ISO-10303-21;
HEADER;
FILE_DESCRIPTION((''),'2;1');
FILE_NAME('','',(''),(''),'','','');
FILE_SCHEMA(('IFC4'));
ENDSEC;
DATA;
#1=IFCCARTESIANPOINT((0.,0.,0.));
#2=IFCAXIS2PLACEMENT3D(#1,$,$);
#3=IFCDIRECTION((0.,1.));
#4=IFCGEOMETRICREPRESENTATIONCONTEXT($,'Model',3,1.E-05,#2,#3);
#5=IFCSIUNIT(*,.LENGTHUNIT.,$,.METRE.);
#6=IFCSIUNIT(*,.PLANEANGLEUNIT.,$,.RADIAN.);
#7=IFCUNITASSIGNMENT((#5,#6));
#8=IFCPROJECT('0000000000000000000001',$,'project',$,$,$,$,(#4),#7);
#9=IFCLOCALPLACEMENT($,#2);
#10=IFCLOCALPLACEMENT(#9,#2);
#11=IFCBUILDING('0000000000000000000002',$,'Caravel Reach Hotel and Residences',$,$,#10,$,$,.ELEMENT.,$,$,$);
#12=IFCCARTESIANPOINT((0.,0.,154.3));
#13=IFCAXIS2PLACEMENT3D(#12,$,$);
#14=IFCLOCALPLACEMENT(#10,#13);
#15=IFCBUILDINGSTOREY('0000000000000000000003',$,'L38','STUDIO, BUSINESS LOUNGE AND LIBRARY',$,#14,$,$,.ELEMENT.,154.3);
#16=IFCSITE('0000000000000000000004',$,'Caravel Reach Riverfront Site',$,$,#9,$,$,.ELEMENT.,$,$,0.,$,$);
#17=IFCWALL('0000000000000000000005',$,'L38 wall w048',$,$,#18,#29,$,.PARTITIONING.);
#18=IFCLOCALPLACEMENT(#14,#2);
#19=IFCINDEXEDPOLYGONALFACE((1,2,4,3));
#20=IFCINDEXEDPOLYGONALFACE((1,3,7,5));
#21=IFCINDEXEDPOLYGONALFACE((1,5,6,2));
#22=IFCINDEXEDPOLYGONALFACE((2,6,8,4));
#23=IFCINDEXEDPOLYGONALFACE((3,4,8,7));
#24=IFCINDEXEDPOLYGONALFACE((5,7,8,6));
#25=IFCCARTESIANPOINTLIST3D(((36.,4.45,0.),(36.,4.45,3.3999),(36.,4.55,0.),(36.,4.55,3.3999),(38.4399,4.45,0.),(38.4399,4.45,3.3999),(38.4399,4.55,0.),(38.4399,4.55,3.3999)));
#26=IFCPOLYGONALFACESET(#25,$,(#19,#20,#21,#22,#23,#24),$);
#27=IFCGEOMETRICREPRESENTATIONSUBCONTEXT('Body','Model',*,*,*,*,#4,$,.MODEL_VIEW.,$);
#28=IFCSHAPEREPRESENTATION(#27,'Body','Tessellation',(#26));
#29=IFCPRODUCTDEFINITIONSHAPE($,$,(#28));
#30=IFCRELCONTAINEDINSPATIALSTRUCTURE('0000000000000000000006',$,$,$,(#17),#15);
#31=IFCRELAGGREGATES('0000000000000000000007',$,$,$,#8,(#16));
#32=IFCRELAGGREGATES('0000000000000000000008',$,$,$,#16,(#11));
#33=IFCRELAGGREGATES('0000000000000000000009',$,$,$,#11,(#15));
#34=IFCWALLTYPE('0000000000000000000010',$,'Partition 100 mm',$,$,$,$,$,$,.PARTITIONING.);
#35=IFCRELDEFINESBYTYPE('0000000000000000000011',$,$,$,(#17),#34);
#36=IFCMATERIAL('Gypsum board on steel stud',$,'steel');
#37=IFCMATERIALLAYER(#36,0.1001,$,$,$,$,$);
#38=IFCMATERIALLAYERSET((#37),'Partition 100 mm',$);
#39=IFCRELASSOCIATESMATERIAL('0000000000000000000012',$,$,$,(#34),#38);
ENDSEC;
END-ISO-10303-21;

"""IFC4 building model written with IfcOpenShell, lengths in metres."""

from ifc_helpers import new_model, si_unit, direction, frame, frame_2d, origin, place, context, subcontext, project, spatial, rectangle, extrude, material, layer, layer_set, type_object, element, save


model = new_model("IFC4")

# Units and contexts
model_context = context("Model", 3, precision=1e-05, world=origin(), true_north=direction((0.0, 1.0)))
body_context = subcontext(model_context, "Body", "Model", "MODEL_VIEW")
ifc_project = project(units=[si_unit("LENGTHUNIT", "METRE"), si_unit("PLANEANGLEUNIT", "RADIAN")], contexts=[model_context])

# Site, building, storey
site_placement = place(None, origin())
site = spatial("IfcSite", under=ifc_project, at=site_placement, Name="Caravel Reach Riverfront Site", CompositionType="ELEMENT", RefElevation=0.0)
building_placement = place(site_placement, origin())
building = spatial("IfcBuilding", under=site, at=building_placement, Name="Caravel Reach Hotel and Residences", CompositionType="ELEMENT")
storey_placement = place(building_placement, frame((0.0, 0.0, 154.3)))
storey = spatial("IfcBuildingStorey", under=building, at=storey_placement, Name="L38", Description="STUDIO, BUSINESS LOUNGE AND LIBRARY", CompositionType="ELEMENT", Elevation=154.3)

# Wall
ifc_material_1 = material(Name="Gypsum board on steel stud", Category="steel")
ifc_layer_1 = layer(ifc_material_1, 0.1001)
ifc_layer_set_1 = layer_set([ifc_layer_1], Name="Partition 100 mm")
wall_type_1 = type_object("IfcWallType", Name="Partition 100 mm", PredefinedType="PARTITIONING", material=ifc_layer_set_1)
wall_1_placement = place(storey_placement, frame((36.0, 4.5, 0.0), z_axis=(0.0, 0.0, 1.0), x_axis=(1.0, 0.0, 0.0)))
element("IfcWall", 1, at=wall_1_placement, inside=storey, type_object=wall_type_1, Name="L38 wall w048", PredefinedType="PARTITIONING", context=body_context, shape_type="SweptSolid", body=[
    extrude(rectangle(XDim=2.4399, YDim=0.1001, at=frame_2d((1.22, 0.0))), origin(), (0.0, 0.0, 1.0), 3.3999),
])

save(model, "model.ifc")
